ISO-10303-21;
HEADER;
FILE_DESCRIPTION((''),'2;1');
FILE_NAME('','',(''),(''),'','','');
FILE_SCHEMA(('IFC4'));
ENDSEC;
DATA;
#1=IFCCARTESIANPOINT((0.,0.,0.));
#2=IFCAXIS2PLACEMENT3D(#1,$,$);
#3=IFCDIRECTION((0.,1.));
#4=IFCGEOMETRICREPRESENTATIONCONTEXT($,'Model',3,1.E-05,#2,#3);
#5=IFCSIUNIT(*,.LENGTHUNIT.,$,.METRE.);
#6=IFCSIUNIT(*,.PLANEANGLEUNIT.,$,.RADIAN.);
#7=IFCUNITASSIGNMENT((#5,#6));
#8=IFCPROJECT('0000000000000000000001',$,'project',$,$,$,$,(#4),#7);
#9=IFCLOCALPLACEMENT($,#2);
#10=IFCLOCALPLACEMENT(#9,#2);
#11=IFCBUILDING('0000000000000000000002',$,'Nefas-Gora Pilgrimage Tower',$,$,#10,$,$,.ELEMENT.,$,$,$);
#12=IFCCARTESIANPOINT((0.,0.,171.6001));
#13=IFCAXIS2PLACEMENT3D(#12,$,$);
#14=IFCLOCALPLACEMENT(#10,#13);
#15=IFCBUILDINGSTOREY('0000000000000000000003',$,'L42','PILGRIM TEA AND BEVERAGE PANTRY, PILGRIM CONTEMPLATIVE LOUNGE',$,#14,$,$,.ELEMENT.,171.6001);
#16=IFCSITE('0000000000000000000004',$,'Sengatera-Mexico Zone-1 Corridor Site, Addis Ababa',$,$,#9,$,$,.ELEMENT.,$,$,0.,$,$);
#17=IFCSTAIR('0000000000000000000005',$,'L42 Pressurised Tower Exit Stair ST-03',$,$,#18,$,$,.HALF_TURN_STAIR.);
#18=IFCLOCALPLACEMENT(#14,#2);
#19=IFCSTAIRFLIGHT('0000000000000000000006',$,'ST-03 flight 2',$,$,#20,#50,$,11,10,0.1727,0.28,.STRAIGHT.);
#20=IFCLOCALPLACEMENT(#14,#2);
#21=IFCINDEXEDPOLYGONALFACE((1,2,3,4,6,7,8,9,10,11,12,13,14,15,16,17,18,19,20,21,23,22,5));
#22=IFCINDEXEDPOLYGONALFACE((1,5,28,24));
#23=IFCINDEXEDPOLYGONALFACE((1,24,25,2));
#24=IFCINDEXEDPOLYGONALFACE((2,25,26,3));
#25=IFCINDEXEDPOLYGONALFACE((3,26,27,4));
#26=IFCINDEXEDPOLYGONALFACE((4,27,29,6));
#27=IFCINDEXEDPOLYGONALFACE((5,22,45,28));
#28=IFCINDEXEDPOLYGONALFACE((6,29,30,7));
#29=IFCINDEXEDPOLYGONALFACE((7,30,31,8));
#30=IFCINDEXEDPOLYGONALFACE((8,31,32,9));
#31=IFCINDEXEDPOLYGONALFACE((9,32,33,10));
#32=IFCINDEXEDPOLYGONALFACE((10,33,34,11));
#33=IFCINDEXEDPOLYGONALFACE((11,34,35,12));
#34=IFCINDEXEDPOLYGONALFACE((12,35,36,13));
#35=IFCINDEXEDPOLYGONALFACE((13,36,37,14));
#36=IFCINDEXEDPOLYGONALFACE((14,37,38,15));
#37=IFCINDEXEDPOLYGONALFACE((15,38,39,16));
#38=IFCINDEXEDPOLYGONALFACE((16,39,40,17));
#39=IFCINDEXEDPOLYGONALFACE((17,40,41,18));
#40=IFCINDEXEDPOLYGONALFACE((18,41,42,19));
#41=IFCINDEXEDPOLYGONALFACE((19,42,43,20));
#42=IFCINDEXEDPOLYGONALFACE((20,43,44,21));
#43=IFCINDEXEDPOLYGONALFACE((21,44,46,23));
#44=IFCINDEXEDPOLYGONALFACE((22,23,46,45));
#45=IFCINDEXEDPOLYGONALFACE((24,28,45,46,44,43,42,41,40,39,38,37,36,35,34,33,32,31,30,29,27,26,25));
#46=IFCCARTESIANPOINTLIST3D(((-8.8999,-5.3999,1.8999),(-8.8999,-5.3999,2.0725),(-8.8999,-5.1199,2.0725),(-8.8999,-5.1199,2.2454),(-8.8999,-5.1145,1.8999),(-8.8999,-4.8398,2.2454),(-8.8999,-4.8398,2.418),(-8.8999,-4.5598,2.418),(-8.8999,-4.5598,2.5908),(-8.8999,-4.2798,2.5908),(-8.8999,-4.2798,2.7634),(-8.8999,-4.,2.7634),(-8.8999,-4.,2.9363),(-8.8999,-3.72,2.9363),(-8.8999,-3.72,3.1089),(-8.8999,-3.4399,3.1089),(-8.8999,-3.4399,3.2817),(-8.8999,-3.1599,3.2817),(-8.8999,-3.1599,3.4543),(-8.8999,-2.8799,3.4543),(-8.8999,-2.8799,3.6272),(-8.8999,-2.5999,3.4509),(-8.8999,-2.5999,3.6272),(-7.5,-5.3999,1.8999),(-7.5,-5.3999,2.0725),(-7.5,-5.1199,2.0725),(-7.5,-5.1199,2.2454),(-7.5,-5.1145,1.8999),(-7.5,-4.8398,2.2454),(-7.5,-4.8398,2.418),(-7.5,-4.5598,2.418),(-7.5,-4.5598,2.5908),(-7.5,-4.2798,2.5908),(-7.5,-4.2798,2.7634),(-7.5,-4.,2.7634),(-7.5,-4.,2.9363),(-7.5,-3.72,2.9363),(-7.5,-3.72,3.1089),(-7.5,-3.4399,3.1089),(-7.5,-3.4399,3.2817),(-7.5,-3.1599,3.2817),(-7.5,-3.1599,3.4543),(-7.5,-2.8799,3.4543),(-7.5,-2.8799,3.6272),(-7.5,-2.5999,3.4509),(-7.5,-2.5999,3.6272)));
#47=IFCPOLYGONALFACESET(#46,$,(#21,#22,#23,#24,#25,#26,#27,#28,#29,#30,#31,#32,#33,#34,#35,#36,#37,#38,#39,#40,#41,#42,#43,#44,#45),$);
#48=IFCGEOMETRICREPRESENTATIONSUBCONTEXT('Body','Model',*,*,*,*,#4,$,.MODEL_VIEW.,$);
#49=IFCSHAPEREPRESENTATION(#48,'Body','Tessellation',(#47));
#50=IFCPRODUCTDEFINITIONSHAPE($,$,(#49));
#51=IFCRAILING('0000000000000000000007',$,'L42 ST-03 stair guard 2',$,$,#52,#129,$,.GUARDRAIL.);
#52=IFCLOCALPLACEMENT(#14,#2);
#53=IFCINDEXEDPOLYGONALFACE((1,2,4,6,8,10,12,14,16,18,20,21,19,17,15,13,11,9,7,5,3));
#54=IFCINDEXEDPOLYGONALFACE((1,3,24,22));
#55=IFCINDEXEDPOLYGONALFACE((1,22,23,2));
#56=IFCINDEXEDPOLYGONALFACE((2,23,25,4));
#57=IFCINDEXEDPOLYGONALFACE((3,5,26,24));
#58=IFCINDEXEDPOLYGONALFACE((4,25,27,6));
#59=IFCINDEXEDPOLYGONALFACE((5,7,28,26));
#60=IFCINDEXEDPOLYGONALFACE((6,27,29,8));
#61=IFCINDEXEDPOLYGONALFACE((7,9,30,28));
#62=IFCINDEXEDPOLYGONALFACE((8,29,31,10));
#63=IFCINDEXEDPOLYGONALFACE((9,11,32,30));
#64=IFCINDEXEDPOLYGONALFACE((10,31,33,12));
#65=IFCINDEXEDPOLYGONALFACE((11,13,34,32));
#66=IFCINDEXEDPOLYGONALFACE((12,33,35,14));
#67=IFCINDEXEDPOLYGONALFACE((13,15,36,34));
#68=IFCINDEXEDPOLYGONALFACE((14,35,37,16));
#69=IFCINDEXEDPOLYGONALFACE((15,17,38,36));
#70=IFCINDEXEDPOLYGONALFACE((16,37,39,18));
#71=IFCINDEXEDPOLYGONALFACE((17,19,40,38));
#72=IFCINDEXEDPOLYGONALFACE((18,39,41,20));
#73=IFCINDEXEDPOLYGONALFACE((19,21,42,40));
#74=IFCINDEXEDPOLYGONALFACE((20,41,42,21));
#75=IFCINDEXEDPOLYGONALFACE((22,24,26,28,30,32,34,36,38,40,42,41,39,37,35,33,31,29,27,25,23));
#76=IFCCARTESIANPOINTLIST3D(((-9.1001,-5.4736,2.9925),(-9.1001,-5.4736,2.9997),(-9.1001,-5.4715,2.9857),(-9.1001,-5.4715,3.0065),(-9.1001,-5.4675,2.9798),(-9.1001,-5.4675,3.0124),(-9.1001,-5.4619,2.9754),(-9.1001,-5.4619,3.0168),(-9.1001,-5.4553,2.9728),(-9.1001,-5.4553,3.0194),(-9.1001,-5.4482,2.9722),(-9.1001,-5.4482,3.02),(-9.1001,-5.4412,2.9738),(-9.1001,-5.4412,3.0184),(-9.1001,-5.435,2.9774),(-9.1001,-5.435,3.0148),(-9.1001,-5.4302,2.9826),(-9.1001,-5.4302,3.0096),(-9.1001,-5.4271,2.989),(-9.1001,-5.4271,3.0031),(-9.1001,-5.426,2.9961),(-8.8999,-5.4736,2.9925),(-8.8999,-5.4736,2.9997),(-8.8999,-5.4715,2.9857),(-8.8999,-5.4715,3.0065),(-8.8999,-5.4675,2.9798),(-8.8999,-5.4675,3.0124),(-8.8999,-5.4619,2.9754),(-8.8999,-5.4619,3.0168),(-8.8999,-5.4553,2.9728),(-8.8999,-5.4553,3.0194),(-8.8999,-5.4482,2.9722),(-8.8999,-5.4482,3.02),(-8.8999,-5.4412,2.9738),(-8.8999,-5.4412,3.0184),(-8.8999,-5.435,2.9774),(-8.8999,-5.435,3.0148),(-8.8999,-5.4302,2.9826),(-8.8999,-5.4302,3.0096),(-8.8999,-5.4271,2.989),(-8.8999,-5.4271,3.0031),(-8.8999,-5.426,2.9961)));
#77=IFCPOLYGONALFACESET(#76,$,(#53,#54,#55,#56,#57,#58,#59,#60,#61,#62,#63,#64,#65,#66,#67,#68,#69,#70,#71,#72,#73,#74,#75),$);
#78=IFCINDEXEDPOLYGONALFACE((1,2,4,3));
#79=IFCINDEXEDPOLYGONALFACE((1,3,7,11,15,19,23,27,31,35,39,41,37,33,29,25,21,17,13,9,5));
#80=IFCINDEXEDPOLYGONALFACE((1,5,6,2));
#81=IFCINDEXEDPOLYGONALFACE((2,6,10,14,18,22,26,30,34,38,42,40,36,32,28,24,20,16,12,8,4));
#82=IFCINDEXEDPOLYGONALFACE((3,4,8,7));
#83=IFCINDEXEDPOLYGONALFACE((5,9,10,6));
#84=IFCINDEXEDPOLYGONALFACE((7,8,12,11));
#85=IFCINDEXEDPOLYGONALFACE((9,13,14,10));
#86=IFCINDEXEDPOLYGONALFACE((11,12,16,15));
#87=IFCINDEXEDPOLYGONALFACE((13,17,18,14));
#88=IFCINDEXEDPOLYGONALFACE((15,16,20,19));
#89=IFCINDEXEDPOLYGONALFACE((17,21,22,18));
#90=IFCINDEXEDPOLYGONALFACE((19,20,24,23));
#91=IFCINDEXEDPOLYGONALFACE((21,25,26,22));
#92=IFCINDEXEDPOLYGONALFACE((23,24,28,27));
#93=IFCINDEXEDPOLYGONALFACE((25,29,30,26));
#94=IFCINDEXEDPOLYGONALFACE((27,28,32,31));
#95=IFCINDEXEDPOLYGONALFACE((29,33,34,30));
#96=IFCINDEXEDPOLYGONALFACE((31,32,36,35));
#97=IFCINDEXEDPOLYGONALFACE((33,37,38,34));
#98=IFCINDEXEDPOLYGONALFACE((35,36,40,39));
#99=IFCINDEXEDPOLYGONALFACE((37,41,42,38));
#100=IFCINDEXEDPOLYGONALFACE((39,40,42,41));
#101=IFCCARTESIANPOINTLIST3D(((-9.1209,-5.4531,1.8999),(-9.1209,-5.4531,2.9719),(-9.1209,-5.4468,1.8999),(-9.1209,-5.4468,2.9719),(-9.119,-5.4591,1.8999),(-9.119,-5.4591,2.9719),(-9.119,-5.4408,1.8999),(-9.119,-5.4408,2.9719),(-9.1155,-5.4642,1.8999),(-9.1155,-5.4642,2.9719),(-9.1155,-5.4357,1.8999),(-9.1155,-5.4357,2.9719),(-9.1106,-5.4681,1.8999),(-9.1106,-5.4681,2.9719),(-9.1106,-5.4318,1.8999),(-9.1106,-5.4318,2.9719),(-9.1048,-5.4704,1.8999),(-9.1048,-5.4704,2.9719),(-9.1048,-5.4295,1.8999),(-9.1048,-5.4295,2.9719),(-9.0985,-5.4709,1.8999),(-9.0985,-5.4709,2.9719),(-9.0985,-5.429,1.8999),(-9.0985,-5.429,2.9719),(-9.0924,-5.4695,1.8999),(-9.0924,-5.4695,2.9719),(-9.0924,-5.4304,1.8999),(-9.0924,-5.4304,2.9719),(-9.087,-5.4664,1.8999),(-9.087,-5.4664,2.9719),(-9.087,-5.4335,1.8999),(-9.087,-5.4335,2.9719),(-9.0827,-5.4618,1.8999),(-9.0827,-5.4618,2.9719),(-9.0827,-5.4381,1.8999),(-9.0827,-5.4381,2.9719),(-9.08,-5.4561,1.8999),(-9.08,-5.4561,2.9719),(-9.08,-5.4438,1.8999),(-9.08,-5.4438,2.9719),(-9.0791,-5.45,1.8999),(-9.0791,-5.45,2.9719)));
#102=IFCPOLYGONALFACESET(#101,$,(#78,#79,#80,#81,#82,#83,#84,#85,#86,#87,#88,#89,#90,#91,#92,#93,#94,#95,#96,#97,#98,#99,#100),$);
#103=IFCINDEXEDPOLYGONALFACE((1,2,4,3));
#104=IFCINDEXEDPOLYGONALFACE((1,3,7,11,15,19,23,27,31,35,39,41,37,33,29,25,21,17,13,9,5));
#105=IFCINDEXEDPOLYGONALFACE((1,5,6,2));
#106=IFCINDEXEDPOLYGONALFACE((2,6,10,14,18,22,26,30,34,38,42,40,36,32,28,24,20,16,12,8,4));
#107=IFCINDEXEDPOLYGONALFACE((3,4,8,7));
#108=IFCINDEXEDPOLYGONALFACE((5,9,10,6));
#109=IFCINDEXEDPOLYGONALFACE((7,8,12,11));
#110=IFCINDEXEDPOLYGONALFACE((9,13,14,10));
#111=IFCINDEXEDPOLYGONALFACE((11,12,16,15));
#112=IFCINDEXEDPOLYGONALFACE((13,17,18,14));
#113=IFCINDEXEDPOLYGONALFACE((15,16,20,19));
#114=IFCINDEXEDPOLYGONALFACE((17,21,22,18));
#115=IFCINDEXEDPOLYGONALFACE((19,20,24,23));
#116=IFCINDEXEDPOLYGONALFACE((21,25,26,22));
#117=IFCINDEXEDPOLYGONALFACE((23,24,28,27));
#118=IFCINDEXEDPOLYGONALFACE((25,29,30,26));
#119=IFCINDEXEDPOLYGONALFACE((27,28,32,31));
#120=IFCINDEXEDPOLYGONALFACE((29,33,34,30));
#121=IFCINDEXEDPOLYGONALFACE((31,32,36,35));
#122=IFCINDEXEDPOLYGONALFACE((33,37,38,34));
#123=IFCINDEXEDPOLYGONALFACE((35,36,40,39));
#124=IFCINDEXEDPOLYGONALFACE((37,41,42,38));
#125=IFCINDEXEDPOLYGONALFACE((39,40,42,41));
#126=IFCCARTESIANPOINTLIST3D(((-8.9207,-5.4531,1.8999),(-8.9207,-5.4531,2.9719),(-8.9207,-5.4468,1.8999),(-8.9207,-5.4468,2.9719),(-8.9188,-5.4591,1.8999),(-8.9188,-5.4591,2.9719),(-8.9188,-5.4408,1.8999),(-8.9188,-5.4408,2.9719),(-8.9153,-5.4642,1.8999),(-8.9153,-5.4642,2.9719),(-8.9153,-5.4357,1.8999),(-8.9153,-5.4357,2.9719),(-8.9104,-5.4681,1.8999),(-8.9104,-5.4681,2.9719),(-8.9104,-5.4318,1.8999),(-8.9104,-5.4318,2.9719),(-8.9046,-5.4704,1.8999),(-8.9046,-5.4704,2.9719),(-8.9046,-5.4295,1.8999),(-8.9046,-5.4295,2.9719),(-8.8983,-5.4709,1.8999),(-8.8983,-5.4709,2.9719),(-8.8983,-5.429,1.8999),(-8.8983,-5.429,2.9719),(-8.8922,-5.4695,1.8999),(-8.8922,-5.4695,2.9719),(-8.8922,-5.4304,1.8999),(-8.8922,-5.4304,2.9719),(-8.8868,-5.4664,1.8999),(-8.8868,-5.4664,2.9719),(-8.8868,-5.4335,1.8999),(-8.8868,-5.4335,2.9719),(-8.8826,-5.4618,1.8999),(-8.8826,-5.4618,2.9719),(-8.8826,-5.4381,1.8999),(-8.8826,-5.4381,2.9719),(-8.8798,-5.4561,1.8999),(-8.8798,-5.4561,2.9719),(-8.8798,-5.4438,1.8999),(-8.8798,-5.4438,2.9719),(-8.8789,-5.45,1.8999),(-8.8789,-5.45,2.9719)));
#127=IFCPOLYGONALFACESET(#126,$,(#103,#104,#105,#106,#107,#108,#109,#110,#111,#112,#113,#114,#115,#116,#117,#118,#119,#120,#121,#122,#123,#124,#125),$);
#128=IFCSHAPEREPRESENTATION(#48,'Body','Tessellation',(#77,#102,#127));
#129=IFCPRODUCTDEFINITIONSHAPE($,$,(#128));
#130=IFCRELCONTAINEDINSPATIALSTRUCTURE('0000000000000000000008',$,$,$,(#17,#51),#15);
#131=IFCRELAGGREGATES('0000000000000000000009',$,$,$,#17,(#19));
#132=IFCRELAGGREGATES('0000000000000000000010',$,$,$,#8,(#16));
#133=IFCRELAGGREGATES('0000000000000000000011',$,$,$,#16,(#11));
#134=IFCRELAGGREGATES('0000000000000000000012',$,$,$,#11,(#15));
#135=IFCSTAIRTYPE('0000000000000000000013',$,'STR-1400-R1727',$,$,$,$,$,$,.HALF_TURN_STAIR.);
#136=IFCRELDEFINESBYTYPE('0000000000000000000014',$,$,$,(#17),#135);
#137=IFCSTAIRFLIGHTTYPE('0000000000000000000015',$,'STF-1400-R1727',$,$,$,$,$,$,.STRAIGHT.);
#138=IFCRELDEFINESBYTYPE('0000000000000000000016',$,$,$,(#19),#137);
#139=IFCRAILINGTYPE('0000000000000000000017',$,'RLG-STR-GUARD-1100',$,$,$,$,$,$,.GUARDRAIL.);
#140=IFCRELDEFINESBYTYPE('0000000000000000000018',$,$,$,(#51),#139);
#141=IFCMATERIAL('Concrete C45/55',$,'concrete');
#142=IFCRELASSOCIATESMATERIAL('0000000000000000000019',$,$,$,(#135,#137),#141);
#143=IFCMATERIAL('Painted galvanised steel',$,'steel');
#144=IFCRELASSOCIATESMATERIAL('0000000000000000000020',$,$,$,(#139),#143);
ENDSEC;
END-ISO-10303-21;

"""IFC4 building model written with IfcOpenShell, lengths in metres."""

from ifc_helpers import new_model, si_unit, direction, frame, origin, origin_2d, place, context, subcontext, project, spatial, polyline, circle, outline, extrude, source, transform, mapped, material, type_object, element, aggregate, save


model = new_model("IFC4")

# Units and contexts
model_context = context("Model", 3, precision=1e-05, world=origin(), true_north=direction((0.0, 1.0)))
body_context = subcontext(model_context, "Body", "Model", "MODEL_VIEW")
ifc_project = project(units=[si_unit("LENGTHUNIT", "METRE"), si_unit("PLANEANGLEUNIT", "RADIAN")], contexts=[model_context])

# Site, building, storey
site_placement = place(None, origin())
site = spatial("IfcSite", under=ifc_project, at=site_placement, Name="Sengatera-Mexico Zone-1 Corridor Site, Addis Ababa", CompositionType="ELEMENT", RefElevation=0.0)
building_placement = place(site_placement, origin())
building = spatial("IfcBuilding", under=site, at=building_placement, Name="Nefas-Gora Pilgrimage Tower", CompositionType="ELEMENT")
storey_placement = place(building_placement, frame((0.0, 0.0, 171.6001)))
storey = spatial("IfcBuildingStorey", under=building, at=storey_placement, Name="L42", Description="PILGRIM TEA AND BEVERAGE PANTRY, PILGRIM CONTEMPLATIVE LOUNGE", CompositionType="ELEMENT", Elevation=171.6001)

# Shared definitions
ifc_material_1 = material(Name="Concrete C45/55", Category="concrete")

# Stair, stair flight
stair_type = type_object("IfcStairType", Name="STR-1400-R1727", PredefinedType="HALF_TURN_STAIR", material=ifc_material_1)
stair_placement = place(storey_placement, origin())
stair = element("IfcStair", 1, at=stair_placement, inside=storey, type_object=stair_type, Name="L42 Pressurised Tower Exit Stair ST-03", PredefinedType="HALF_TURN_STAIR")
stair_flight_type = type_object("IfcStairFlightType", Name="STF-1400-R1727", PredefinedType="STRAIGHT", material=ifc_material_1)
shared_shape_1 = source(origin(), body_context, "Body", "SweptSolid", [
    extrude(outline(polyline([(0.0, 0.0), (0.0, 0.1726), (0.28, 0.1726), (0.28, 0.3455), (0.5601, 0.3455), (0.5601, 0.5181), (0.8401, 0.5181), (0.8401, 0.6909), (1.1201, 0.6909), (1.1201, 0.8635), (1.3999, 0.8635), (1.3999, 1.0364), (1.6799, 1.0364), (1.6799, 1.209), (1.96, 1.209), (1.96, 1.3818), (2.24, 1.3818), (2.24, 1.5544), (2.52, 1.5544), (2.52, 1.7273), (2.8, 1.7273), (2.8, 1.8999), (2.8, 1.551), (0.2854, 0.0), (0.0, 0.0)])), frame((0.0, 0.7, 0.0), z_axis=(0.0, -1.0, 0.0), x_axis=(1.0, 0.0, 0.0)), (0.0, 0.0, 1.0), 1.3999),
])
stair_flight_placement = place(storey_placement, frame((-8.2, -5.3999, 1.8999), z_axis=(0.0, 0.0, 1.0), x_axis=(0.0, 1.0, 0.0)))
stair_flight = element("IfcStairFlight", 2, at=stair_flight_placement, type_object=stair_flight_type, Name="ST-03 flight 2", NumberOfRisers=11, NumberOfTreads=10, PredefinedType="STRAIGHT", RiserHeight=0.1727, TreadLength=0.28, context=body_context, shape_type="MappedRepresentation", body=[
    mapped(shared_shape_1, transform((0.0, 0.0, 0.0), x_axis=(1.0, 0.0, 0.0), y_axis=(0.0, 1.0, 0.0), z_axis=(0.0, 0.0, 1.0), scale=1.0)),
])
aggregate(stair, [stair_flight])

# Railing
ifc_material_2 = material(Name="Painted galvanised steel", Category="steel")
railing_type = type_object("IfcRailingType", Name="RLG-STR-GUARD-1100", PredefinedType="GUARDRAIL", material=ifc_material_2)
railing_1_placement = place(storey_placement, frame((-9.1001, -5.45, 1.8999)))
element("IfcRailing", 3, at=railing_1_placement, inside=storey, type_object=railing_type, Name="L42 ST-03 stair guard 2", PredefinedType="GUARDRAIL", context=body_context, shape_type="SweptSolid", body=[
    extrude(circle(Radius=0.0239, at=origin_2d()), frame((0.0, 0.0, 1.0962), z_axis=(1.0, 0.0, 0.0), x_axis=(0.0, 1.0, 0.0)), (0.0, 0.0, 1.0), 0.2002),
    extrude(circle(Radius=0.021, at=origin_2d()), origin(), (0.0, 0.0, 1.0), 1.072),
    extrude(circle(Radius=0.021, at=origin_2d()), frame((0.2002, 0.0, 0.0)), (0.0, 0.0, 1.0), 1.072),
])

save(model, "model.ifc")
